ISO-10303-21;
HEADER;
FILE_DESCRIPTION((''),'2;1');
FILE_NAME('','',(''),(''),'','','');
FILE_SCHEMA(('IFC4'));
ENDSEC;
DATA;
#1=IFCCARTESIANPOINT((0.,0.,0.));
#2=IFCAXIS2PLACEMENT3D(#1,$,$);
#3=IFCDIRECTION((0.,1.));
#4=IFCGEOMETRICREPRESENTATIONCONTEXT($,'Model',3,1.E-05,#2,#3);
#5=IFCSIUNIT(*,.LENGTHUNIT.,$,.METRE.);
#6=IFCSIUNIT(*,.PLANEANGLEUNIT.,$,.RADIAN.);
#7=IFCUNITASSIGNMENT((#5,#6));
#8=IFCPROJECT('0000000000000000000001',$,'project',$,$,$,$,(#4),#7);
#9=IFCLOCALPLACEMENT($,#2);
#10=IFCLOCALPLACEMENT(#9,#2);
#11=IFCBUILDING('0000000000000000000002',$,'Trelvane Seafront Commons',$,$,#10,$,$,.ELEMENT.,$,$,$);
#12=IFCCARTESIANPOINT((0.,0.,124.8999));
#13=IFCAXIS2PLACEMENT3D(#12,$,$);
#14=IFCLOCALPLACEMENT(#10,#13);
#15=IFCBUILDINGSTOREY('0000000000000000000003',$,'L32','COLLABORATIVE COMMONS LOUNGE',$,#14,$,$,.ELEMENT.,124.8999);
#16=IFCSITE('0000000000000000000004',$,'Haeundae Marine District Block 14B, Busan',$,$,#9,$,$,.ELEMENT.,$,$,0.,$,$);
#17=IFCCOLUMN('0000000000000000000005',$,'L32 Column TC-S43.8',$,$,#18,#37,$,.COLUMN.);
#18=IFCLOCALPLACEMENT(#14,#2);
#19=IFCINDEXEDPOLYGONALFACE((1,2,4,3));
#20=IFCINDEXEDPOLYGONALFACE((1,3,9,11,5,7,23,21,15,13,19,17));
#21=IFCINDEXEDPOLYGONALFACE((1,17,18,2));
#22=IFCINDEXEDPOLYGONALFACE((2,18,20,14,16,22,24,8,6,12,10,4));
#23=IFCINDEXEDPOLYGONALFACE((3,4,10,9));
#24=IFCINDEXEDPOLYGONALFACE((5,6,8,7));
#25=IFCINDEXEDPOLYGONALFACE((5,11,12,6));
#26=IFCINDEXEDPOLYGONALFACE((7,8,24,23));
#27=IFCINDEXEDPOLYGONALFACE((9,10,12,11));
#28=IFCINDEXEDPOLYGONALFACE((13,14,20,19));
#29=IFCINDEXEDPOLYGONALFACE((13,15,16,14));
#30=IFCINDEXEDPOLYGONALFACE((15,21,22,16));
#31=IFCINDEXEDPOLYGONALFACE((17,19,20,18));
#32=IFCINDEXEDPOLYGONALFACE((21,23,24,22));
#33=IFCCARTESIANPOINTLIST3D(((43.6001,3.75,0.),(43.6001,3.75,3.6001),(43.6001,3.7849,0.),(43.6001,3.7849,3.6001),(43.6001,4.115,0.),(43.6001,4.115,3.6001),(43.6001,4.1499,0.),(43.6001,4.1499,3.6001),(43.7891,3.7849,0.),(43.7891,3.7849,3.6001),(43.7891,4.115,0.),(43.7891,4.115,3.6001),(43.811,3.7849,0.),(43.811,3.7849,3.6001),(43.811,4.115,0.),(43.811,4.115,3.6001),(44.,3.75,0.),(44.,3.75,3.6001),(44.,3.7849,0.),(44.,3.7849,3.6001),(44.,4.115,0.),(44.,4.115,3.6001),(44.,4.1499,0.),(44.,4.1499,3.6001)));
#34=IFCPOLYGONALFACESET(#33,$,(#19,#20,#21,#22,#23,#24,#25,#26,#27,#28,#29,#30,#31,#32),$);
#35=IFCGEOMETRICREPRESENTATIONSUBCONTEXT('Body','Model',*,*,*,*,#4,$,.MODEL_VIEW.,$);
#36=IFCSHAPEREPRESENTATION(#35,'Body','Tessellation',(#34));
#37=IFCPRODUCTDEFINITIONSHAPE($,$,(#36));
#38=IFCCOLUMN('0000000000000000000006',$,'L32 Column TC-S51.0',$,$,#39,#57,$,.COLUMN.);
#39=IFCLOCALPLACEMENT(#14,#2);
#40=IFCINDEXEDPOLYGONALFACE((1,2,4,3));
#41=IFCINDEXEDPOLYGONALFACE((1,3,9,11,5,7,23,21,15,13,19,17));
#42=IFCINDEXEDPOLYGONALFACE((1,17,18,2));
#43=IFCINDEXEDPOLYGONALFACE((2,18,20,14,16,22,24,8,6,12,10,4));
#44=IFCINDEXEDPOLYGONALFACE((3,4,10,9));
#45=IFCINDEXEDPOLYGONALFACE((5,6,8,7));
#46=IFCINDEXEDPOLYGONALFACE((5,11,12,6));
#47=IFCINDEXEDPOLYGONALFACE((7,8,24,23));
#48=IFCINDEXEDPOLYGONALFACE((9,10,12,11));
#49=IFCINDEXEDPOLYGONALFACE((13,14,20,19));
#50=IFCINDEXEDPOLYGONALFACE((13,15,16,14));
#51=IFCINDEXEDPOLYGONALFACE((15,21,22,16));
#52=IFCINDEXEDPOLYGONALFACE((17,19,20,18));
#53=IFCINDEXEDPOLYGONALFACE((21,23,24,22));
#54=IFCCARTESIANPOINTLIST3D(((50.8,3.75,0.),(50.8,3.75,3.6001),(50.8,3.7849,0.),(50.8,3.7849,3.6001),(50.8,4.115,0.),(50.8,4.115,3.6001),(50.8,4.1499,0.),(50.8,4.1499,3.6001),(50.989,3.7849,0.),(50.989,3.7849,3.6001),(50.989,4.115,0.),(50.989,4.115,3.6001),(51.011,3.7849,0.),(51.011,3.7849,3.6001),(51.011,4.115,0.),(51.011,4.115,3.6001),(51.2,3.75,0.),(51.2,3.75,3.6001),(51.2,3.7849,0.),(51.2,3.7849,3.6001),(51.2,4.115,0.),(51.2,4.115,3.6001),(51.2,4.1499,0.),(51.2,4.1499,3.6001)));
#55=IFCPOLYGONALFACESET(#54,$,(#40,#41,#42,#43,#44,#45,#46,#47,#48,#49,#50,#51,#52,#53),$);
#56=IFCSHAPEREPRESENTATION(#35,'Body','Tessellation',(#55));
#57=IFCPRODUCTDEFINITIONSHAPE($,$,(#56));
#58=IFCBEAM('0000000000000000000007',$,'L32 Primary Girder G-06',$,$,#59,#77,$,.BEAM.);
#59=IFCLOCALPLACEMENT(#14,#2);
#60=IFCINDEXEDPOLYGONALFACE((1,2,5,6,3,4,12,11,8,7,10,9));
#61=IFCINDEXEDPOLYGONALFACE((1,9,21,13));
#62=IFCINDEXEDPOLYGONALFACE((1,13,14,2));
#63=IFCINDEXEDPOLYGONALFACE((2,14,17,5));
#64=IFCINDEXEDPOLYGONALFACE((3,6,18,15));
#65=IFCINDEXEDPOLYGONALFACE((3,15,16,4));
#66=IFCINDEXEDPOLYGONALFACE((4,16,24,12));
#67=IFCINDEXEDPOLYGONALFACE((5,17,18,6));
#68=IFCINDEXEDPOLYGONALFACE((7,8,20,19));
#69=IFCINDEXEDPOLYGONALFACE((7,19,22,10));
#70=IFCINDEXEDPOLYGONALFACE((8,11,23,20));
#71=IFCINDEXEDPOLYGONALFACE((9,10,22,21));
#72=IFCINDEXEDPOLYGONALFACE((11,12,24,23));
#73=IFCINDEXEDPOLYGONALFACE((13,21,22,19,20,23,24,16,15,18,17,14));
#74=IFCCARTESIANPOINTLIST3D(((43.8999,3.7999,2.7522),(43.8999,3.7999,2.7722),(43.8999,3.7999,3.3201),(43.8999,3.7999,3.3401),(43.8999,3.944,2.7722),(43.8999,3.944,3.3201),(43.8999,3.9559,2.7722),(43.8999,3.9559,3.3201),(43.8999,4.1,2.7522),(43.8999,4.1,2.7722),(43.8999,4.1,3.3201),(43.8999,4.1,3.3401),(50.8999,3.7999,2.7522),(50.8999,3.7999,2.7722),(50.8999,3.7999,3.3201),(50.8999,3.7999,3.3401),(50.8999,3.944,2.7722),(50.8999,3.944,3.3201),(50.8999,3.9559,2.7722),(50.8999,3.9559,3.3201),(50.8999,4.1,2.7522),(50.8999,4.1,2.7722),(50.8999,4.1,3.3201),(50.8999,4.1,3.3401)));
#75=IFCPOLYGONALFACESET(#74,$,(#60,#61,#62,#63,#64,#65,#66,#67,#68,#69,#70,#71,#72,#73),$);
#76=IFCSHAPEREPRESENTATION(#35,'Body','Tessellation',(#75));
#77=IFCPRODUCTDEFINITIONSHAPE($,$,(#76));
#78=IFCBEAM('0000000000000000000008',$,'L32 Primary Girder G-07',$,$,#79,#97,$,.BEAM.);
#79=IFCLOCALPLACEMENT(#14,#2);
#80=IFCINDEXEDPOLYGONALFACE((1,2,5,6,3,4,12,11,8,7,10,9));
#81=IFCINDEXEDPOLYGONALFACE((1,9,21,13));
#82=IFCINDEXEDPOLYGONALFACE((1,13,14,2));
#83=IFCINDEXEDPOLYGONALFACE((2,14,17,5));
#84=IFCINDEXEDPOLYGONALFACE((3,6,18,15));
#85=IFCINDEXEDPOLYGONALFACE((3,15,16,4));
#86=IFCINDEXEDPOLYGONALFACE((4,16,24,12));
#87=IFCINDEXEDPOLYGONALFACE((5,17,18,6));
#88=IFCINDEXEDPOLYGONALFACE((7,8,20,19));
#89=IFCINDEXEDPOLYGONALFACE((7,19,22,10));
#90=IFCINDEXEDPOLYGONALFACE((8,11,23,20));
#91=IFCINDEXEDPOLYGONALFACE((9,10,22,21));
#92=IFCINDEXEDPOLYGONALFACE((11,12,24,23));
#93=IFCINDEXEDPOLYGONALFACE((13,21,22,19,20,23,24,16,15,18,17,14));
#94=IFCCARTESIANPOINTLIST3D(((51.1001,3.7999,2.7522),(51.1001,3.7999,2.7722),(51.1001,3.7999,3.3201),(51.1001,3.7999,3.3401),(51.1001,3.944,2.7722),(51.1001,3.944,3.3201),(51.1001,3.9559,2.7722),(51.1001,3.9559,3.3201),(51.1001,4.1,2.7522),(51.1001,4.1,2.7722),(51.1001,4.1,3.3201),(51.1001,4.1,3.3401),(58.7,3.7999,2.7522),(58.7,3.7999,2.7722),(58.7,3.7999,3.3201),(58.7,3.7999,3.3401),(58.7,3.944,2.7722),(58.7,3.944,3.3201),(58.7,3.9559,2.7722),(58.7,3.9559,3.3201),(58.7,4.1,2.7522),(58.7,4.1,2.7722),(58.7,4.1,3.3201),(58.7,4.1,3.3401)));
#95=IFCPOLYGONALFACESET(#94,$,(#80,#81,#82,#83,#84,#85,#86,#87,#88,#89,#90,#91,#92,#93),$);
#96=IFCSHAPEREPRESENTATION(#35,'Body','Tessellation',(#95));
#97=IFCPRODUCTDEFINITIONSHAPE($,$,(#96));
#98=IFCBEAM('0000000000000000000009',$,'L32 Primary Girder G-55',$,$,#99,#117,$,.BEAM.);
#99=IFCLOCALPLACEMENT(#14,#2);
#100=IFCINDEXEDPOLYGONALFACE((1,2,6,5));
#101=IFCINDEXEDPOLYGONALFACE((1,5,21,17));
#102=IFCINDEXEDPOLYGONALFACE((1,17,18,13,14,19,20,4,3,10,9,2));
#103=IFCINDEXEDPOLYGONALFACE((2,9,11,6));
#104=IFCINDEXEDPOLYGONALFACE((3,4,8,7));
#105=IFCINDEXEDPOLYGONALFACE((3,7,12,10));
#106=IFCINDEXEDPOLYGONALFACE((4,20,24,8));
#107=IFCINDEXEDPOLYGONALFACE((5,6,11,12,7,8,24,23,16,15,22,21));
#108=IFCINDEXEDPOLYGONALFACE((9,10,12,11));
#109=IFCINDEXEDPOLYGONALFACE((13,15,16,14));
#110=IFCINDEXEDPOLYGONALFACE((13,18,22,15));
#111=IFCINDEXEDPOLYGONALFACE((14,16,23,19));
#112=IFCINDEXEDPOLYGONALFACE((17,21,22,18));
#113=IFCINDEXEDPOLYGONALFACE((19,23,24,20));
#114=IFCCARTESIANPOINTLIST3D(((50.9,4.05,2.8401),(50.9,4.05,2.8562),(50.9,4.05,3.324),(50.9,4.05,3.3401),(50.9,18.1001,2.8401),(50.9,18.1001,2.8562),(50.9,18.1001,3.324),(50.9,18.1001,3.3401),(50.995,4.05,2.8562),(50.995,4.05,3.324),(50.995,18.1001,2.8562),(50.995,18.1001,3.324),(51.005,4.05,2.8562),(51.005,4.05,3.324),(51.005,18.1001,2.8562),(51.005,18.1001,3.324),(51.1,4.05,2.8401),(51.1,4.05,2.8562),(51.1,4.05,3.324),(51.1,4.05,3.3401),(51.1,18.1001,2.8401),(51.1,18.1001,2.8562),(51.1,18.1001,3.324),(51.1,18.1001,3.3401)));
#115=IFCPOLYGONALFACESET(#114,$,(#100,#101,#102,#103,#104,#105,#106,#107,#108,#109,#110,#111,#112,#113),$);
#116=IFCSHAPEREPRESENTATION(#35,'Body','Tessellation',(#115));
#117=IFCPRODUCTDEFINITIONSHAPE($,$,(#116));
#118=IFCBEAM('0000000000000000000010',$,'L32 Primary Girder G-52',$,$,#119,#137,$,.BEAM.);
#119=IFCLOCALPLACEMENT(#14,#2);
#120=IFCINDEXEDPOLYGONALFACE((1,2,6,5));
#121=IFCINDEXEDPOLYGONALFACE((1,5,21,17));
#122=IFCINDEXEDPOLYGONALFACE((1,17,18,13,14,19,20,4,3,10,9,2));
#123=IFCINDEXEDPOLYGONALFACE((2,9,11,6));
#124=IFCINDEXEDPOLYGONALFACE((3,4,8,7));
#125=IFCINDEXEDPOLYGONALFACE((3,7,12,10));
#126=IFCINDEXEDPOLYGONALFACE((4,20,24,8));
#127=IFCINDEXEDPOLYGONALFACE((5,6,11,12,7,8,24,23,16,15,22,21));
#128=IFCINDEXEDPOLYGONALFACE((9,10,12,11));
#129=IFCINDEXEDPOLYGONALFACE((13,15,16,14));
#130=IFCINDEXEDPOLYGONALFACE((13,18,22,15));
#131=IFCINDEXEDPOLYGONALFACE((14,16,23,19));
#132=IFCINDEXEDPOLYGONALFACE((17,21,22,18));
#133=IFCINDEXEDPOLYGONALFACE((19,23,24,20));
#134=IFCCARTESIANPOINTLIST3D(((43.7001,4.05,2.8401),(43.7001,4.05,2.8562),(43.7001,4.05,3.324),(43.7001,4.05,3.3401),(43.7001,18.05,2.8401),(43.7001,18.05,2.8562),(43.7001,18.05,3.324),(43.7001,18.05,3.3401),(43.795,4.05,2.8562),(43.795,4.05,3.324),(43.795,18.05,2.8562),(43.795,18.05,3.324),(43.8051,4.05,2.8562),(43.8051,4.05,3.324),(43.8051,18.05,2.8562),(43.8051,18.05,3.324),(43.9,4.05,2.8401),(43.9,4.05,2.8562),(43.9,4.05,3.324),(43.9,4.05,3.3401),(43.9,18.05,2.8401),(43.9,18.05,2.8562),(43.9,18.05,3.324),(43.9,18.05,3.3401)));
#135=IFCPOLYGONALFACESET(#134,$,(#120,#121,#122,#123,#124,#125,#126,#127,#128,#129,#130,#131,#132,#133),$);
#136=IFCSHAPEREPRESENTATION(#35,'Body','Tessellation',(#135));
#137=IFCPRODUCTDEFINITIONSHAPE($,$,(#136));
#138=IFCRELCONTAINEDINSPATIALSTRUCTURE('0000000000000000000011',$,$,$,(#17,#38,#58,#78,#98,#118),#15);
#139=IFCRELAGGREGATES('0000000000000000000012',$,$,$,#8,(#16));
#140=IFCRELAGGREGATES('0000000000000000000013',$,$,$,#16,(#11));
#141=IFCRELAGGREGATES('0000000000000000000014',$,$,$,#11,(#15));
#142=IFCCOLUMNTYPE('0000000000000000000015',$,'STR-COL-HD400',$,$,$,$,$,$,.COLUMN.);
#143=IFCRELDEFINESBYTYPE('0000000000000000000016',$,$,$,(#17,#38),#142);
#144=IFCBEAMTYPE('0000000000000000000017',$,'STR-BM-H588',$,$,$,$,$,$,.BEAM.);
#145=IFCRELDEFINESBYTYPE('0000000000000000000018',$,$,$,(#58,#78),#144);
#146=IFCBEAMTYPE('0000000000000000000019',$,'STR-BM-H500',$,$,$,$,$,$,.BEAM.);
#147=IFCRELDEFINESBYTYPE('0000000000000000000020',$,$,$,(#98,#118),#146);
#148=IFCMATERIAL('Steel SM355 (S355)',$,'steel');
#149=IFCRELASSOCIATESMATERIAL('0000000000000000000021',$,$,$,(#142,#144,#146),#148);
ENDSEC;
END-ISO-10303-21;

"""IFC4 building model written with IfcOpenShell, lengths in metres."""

from ifc_helpers import new_model, si_unit, direction, frame, origin, origin_2d, place, context, subcontext, project, spatial, i_section, extrude, source, transform, mapped, material, material_profile, profile_set, type_object, element, save


model = new_model("IFC4")

# Units and contexts
model_context = context("Model", 3, precision=1e-05, world=origin(), true_north=direction((0.0, 1.0)))
body_context = subcontext(model_context, "Body", "Model", "MODEL_VIEW")
ifc_project = project(units=[si_unit("LENGTHUNIT", "METRE"), si_unit("PLANEANGLEUNIT", "RADIAN")], contexts=[model_context])

# Site, building, storey
site_placement = place(None, origin())
site = spatial("IfcSite", under=ifc_project, at=site_placement, Name="Haeundae Marine District Block 14B, Busan", CompositionType="ELEMENT", RefElevation=0.0)
building_placement = place(site_placement, origin())
building = spatial("IfcBuilding", under=site, at=building_placement, Name="Trelvane Seafront Commons", CompositionType="ELEMENT")
storey_placement = place(building_placement, frame((0.0, 0.0, 124.8999)))
storey = spatial("IfcBuildingStorey", under=building, at=storey_placement, Name="L32", Description="COLLABORATIVE COMMONS LOUNGE", CompositionType="ELEMENT", Elevation=124.8999)

# Columns
ifc_material_1 = material(Name="Steel SM355 (S355)", Category="steel")
ifc_material_profile_1 = material_profile(ifc_material_1, i_section(OverallWidth=0.3999, OverallDepth=0.3999, WebThickness=0.022, FlangeThickness=0.0349, at=origin_2d()), Name="HD-400x400x22x35")
ifc_profile_set_1 = profile_set([ifc_material_profile_1], Name="Steel SM355 (S355)")
column_type = type_object("IfcColumnType", Name="STR-COL-HD400", PredefinedType="COLUMN", material=ifc_profile_set_1)
shared_shape_1 = source(origin(), body_context, "Body", "SweptSolid", [
    extrude(i_section(OverallWidth=0.3999, OverallDepth=0.3999, WebThickness=0.022, FlangeThickness=0.0349, at=origin_2d()), origin(), (0.0, 0.0, 1.0), 3.6001),
])
for number, where, z_axis, x_axis, name in (
    (1, (43.8, 3.95, 0.0), (0.0, 0.0, 1.0), (1.0, 0.0, 0.0), "L32 Column TC-S43.8"),
    (2, (51.0, 3.95, 0.0), (0.0, 0.0, 1.0), (1.0, 0.0, 0.0), "L32 Column TC-S51.0"),
):
    element("IfcColumn", number, at=place(storey_placement, frame(where, z_axis=z_axis, x_axis=x_axis)), inside=storey, type_object=column_type, Name=name, PredefinedType="COLUMN", context=body_context, shape_type="MappedRepresentation", body=[
        mapped(shared_shape_1, transform((0.0, 0.0, 0.0), x_axis=(1.0, 0.0, 0.0), y_axis=(0.0, 1.0, 0.0), z_axis=(0.0, 0.0, 1.0), scale=1.0)),
    ])

# Beams
ifc_material_profile_2 = material_profile(ifc_material_1, i_section(OverallWidth=0.3, OverallDepth=0.5879, WebThickness=0.012, FlangeThickness=0.02, at=origin_2d()), Name="H-588x300x12x20")
ifc_profile_set_2 = profile_set([ifc_material_profile_2], Name="Steel SM355 (S355)")
beam_type_1 = type_object("IfcBeamType", Name="STR-BM-H588", PredefinedType="BEAM", material=ifc_profile_set_2)
shared_shape_2 = source(origin(), body_context, "Body", "SweptSolid", [
    extrude(i_section(OverallWidth=0.3, OverallDepth=0.5879, WebThickness=0.012, FlangeThickness=0.02, at=origin_2d()), origin(), (0.0, 0.0, 1.0), 7.0),
])
beam_1_placement = place(storey_placement, frame((43.8999, 3.95, 3.0461), z_axis=(1.0, 0.0, 0.0), x_axis=(0.0, 1.0, 0.0)))
element("IfcBeam", 3, at=beam_1_placement, inside=storey, type_object=beam_type_1, Name="L32 Primary Girder G-06", PredefinedType="BEAM", context=body_context, shape_type="MappedRepresentation", body=[
    mapped(shared_shape_2, transform((0.0, 0.0, 0.0), x_axis=(1.0, 0.0, 0.0), y_axis=(0.0, 1.0, 0.0), z_axis=(0.0, 0.0, 1.0), scale=1.0)),
])
shared_shape_3 = source(origin(), body_context, "Body", "SweptSolid", [
    extrude(i_section(OverallWidth=0.3, OverallDepth=0.5879, WebThickness=0.012, FlangeThickness=0.02, at=origin_2d()), origin(), (0.0, 0.0, 1.0), 7.5999),
])
beam_2_placement = place(storey_placement, frame((51.1001, 3.95, 3.0461), z_axis=(1.0, 0.0, 0.0), x_axis=(0.0, 1.0, 0.0)))
element("IfcBeam", 4, at=beam_2_placement, inside=storey, type_object=beam_type_1, Name="L32 Primary Girder G-07", PredefinedType="BEAM", context=body_context, shape_type="MappedRepresentation", body=[
    mapped(shared_shape_3, transform((0.0, 0.0, 0.0), x_axis=(1.0, 0.0, 0.0), y_axis=(0.0, 1.0, 0.0), z_axis=(0.0, 0.0, 1.0), scale=1.0)),
])
ifc_material_profile_3 = material_profile(ifc_material_1, i_section(OverallWidth=0.2, OverallDepth=0.5, WebThickness=0.01, FlangeThickness=0.0161, at=origin_2d()), Name="H-500x200x10x16")
ifc_profile_set_3 = profile_set([ifc_material_profile_3], Name="Steel SM355 (S355)")
beam_type_2 = type_object("IfcBeamType", Name="STR-BM-H500", PredefinedType="BEAM", material=ifc_profile_set_3)
shared_shape_4 = source(origin(), body_context, "Body", "SweptSolid", [
    extrude(i_section(OverallWidth=0.2, OverallDepth=0.5, WebThickness=0.01, FlangeThickness=0.0161, at=origin_2d()), origin(), (0.0, 0.0, 1.0), 14.05),
])
beam_3_placement = place(storey_placement, frame((51.0, 4.05, 3.0901), z_axis=(0.0, 1.0, 0.0), x_axis=(-1.0, 0.0, 0.0)))
element("IfcBeam", 5, at=beam_3_placement, inside=storey, type_object=beam_type_2, Name="L32 Primary Girder G-55", PredefinedType="BEAM", context=body_context, shape_type="MappedRepresentation", body=[
    mapped(shared_shape_4, transform((0.0, 0.0, 0.0), x_axis=(1.0, 0.0, 0.0), y_axis=(0.0, 1.0, 0.0), z_axis=(0.0, 0.0, 1.0), scale=1.0)),
])
shared_shape_5 = source(origin(), body_context, "Body", "SweptSolid", [
    extrude(i_section(OverallWidth=0.2, OverallDepth=0.5, WebThickness=0.01, FlangeThickness=0.0161, at=origin_2d()), origin(), (0.0, 0.0, 1.0), 14.0),
])
beam_4_placement = place(storey_placement, frame((43.8, 4.05, 3.0901), z_axis=(0.0, 1.0, 0.0), x_axis=(-1.0, 0.0, 0.0)))
element("IfcBeam", 6, at=beam_4_placement, inside=storey, type_object=beam_type_2, Name="L32 Primary Girder G-52", PredefinedType="BEAM", context=body_context, shape_type="MappedRepresentation", body=[
    mapped(shared_shape_5, transform((0.0, 0.0, 0.0), x_axis=(1.0, 0.0, 0.0), y_axis=(0.0, 1.0, 0.0), z_axis=(0.0, 0.0, 1.0), scale=1.0)),
])

save(model, "model.ifc")
